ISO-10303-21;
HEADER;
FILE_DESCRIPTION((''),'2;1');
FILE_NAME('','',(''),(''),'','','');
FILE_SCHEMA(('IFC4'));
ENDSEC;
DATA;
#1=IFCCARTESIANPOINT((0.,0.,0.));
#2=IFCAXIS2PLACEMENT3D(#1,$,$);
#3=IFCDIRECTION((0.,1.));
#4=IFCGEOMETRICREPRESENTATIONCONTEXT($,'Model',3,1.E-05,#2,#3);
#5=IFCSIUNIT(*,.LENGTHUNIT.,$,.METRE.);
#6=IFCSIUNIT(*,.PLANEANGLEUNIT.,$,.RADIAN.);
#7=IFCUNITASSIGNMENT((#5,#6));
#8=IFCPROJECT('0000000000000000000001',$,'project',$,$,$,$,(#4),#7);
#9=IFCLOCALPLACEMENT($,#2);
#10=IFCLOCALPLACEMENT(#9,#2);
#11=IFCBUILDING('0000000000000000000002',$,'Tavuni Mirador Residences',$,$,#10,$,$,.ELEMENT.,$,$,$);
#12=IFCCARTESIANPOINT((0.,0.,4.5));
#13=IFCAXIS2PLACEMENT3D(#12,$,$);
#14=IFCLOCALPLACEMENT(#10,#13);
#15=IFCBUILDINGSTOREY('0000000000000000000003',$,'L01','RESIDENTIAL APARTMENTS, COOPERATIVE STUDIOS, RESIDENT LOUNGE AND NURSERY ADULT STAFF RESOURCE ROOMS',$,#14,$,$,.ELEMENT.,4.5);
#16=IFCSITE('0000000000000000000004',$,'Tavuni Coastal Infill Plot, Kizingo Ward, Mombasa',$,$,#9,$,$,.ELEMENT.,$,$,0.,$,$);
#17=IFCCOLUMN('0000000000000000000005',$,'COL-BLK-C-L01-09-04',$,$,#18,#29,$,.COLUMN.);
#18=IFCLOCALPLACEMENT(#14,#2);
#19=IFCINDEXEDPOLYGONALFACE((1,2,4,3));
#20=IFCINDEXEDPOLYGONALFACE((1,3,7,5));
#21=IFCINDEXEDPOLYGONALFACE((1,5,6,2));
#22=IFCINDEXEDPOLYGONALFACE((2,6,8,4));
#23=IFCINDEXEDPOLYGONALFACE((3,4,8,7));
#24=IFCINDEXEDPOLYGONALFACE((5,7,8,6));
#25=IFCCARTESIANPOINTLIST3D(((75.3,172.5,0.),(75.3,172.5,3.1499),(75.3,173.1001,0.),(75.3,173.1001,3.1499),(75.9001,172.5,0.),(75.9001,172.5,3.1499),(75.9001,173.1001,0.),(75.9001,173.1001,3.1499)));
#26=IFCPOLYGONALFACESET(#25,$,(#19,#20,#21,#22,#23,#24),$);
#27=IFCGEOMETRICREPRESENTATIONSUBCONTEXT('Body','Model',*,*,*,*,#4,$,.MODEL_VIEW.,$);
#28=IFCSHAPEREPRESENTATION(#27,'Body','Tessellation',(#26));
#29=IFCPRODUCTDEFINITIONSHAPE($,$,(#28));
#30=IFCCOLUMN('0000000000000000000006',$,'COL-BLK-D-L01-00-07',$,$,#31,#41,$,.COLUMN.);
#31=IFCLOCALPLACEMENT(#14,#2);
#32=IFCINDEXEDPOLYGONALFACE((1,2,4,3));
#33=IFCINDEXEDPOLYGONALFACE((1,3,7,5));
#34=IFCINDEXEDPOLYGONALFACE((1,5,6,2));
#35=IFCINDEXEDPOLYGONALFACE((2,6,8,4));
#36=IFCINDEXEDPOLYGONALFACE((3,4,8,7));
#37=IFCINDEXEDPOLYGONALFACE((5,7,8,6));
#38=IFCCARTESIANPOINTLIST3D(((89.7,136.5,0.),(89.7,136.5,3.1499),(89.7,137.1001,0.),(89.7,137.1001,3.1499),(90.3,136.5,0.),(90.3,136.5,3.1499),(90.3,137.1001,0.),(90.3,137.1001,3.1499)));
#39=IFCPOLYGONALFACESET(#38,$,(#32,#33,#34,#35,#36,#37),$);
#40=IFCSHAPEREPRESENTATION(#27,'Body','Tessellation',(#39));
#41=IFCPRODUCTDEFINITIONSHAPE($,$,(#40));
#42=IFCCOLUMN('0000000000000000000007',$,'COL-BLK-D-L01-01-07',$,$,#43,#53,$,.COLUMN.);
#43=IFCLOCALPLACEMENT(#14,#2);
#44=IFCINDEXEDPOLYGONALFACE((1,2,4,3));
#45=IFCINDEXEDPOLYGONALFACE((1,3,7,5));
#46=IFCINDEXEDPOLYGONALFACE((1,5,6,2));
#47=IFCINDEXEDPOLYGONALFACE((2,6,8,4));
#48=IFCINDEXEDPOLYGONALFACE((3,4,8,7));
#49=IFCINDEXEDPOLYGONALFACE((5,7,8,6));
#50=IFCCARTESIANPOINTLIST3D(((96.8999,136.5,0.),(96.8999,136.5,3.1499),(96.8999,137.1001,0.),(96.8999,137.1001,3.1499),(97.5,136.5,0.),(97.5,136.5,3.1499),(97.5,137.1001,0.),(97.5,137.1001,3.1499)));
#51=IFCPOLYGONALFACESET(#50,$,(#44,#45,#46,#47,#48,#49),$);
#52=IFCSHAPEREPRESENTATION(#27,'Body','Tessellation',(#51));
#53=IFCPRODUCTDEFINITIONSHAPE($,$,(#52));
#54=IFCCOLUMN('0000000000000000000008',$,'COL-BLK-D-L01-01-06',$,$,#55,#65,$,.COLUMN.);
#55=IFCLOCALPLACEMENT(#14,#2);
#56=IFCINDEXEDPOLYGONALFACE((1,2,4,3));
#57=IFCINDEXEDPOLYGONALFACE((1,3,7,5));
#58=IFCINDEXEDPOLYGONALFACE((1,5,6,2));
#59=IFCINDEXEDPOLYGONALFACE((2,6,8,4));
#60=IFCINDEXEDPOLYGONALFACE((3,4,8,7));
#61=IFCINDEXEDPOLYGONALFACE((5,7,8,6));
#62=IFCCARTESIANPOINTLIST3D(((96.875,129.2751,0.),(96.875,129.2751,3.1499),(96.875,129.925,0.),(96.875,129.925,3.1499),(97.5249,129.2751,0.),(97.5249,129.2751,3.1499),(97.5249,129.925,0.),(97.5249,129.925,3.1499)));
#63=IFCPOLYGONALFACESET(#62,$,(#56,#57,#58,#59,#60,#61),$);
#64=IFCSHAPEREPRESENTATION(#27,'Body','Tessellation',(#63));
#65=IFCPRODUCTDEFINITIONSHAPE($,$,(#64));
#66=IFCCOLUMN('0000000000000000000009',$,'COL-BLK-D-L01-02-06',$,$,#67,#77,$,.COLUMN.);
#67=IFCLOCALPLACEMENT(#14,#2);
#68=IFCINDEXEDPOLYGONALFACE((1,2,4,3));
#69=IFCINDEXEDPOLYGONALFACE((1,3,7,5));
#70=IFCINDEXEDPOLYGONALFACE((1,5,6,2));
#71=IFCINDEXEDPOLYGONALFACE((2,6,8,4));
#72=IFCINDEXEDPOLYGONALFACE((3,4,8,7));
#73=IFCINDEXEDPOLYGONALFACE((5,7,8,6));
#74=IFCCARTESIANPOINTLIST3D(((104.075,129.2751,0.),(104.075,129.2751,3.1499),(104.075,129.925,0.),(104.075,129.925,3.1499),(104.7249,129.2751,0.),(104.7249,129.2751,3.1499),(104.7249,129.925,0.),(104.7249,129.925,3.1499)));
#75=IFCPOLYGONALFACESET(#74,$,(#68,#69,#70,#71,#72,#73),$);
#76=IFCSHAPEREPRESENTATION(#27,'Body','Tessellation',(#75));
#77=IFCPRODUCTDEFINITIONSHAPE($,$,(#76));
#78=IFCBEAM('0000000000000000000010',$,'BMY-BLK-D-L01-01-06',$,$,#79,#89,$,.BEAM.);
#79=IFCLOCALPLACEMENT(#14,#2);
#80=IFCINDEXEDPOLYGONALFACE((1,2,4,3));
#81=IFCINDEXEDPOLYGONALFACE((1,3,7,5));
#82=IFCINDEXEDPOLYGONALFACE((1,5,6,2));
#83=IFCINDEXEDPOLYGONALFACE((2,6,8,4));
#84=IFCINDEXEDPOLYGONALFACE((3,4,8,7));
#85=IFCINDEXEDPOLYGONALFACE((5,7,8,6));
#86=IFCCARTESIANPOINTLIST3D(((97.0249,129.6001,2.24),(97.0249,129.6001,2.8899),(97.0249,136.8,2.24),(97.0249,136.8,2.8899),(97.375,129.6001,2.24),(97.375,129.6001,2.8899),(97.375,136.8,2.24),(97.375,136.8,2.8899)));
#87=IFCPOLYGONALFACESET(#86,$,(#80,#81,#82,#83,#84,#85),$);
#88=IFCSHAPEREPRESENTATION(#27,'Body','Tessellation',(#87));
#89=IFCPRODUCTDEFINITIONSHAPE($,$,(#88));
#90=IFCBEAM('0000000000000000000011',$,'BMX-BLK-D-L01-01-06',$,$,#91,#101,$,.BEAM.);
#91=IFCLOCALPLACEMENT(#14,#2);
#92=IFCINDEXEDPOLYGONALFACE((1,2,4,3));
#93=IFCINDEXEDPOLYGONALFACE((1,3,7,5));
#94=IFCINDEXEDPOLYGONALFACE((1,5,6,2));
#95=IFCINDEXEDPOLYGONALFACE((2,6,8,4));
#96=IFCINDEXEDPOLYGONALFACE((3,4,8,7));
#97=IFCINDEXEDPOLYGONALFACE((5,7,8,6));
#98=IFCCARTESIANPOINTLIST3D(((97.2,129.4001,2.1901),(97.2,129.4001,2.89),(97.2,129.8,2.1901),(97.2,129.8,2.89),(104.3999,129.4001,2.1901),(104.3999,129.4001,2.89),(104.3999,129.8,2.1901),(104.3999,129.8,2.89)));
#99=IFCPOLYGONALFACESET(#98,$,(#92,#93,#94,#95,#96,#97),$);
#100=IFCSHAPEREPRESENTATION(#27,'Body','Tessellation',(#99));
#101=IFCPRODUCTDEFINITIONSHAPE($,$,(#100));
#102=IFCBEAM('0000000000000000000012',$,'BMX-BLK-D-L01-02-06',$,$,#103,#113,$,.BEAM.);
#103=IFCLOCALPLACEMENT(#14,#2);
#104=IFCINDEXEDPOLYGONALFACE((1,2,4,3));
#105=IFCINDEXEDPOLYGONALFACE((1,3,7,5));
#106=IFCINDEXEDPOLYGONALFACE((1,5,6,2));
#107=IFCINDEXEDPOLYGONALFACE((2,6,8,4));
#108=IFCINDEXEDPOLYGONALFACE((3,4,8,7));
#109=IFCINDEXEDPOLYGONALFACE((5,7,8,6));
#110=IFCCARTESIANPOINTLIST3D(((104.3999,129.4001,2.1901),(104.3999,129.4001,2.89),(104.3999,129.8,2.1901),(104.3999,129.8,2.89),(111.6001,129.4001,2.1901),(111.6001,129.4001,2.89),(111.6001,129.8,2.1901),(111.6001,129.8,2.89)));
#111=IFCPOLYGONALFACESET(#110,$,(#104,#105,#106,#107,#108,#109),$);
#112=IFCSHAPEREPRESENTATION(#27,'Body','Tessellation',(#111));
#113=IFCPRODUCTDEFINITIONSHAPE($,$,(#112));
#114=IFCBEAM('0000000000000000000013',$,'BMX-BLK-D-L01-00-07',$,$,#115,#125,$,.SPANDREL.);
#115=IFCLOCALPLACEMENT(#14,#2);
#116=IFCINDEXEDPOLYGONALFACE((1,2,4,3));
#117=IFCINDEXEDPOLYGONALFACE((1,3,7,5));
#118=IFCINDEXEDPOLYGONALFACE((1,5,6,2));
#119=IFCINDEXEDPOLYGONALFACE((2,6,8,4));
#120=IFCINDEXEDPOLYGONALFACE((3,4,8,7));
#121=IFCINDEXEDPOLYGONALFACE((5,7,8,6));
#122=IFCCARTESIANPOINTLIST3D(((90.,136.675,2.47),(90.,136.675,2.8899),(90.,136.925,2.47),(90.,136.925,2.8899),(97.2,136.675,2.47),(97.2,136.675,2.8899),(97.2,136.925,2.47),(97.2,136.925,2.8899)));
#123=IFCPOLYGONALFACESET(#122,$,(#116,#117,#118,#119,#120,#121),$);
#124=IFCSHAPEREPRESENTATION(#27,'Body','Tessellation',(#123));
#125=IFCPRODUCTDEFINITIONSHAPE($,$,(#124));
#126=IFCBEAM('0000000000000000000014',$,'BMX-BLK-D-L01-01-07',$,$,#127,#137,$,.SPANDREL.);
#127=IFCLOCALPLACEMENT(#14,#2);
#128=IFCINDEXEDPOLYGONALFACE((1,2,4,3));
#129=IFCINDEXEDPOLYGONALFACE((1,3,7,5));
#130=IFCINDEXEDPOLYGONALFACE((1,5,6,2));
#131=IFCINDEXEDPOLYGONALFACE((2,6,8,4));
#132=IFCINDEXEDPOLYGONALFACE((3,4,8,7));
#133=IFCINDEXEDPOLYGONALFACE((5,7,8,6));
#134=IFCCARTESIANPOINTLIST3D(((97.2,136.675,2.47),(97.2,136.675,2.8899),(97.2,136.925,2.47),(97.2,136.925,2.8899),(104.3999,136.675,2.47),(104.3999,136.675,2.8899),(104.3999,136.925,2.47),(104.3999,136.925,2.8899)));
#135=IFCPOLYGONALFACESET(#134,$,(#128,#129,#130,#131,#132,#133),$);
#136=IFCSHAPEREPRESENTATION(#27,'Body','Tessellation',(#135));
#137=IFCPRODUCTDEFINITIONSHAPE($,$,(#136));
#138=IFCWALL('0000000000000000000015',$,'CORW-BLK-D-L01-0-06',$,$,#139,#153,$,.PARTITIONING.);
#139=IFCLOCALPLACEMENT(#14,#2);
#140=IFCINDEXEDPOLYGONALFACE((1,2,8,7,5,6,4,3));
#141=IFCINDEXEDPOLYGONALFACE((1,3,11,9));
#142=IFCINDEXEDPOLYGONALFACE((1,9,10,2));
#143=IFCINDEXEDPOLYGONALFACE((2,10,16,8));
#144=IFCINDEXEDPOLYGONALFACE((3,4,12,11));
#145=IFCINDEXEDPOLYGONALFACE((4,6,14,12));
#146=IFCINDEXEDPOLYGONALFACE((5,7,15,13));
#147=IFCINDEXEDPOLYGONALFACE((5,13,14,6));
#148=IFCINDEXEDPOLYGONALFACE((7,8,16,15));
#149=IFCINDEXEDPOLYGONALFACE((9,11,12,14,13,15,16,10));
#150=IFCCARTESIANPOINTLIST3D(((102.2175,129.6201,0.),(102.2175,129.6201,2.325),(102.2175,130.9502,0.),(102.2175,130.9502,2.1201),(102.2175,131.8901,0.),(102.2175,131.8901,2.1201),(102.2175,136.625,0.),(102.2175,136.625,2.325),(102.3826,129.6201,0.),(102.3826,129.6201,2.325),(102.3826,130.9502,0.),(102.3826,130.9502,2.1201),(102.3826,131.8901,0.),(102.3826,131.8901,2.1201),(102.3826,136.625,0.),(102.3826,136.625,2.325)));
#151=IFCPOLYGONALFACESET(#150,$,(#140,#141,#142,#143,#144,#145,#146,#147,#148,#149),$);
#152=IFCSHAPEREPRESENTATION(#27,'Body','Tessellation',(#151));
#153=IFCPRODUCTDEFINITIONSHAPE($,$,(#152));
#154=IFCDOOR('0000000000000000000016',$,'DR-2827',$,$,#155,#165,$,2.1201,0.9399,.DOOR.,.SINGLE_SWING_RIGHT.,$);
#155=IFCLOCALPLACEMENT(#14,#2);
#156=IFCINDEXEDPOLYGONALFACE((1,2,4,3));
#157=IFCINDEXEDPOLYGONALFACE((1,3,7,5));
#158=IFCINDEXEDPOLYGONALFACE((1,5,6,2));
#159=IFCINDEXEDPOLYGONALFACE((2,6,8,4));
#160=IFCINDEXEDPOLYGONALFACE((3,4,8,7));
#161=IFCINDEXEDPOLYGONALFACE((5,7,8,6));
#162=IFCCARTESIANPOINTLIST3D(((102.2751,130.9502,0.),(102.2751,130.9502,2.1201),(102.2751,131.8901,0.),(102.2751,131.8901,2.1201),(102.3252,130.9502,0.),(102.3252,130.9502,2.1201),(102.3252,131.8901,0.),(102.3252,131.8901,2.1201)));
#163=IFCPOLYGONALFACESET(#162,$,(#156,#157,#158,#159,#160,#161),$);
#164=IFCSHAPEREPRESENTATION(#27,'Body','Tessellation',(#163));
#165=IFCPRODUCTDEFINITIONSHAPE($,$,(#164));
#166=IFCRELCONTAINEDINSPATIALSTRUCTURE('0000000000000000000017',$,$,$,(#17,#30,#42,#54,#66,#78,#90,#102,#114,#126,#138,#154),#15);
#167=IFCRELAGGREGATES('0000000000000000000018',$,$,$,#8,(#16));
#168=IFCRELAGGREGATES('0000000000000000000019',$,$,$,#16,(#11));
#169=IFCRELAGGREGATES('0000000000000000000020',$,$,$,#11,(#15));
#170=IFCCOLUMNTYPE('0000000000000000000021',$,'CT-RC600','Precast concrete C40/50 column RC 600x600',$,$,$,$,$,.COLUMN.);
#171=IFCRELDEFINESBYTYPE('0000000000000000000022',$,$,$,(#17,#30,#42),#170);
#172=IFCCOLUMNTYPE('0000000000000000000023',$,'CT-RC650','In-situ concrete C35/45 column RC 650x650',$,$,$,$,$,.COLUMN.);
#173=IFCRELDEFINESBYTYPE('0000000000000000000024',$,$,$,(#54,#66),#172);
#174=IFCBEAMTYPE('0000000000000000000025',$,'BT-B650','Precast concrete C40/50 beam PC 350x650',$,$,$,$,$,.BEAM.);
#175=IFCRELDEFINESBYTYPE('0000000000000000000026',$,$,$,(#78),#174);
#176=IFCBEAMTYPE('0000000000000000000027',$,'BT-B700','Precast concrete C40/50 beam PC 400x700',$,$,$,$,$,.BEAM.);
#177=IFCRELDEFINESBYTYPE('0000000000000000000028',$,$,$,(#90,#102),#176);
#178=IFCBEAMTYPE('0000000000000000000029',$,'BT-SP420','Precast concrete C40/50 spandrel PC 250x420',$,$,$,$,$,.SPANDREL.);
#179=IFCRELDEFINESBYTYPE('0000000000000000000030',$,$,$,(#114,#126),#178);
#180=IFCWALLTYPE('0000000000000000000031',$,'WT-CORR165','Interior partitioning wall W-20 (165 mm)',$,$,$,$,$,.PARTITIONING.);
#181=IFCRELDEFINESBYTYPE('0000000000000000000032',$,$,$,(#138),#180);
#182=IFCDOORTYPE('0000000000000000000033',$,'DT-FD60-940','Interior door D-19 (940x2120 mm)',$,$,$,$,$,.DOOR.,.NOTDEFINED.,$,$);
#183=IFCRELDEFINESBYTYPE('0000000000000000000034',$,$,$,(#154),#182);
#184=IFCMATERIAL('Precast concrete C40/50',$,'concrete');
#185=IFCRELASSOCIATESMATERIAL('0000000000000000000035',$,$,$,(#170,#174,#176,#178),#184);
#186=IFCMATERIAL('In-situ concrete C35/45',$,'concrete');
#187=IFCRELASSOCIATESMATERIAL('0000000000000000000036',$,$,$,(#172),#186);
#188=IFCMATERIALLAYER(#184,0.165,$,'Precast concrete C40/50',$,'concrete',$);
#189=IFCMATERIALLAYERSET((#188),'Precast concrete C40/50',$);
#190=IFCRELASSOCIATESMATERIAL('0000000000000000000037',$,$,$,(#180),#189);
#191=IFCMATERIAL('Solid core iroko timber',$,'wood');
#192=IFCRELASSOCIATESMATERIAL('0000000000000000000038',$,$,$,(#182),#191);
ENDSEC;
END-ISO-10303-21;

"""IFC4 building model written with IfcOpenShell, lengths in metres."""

from ifc_helpers import new_model, si_unit, direction, frame, frame_2d, origin, origin_2d, place, context, subcontext, project, spatial, rectangle, extrude, material, layer, layer_set, material_profile, profile_set, type_object, element, fill, save


model = new_model("IFC4")

# Units and contexts
model_context = context("Model", 3, precision=1e-05, world=origin(), true_north=direction((0.0, 1.0)))
body_context = subcontext(model_context, "Body", "Model", "MODEL_VIEW")
ifc_project = project(units=[si_unit("LENGTHUNIT", "METRE"), si_unit("PLANEANGLEUNIT", "RADIAN")], contexts=[model_context])

# Site, building, storey
site_placement = place(None, origin())
site = spatial("IfcSite", under=ifc_project, at=site_placement, Name="Tavuni Coastal Infill Plot, Kizingo Ward, Mombasa", CompositionType="ELEMENT", RefElevation=0.0)
building_placement = place(site_placement, origin())
building = spatial("IfcBuilding", under=site, at=building_placement, Name="Tavuni Mirador Residences", CompositionType="ELEMENT")
storey_placement = place(building_placement, frame((0.0, 0.0, 4.5)))
storey = spatial("IfcBuildingStorey", under=building, at=storey_placement, Name="L01", Description="RESIDENTIAL APARTMENTS, COOPERATIVE STUDIOS, RESIDENT LOUNGE AND NURSERY ADULT STAFF RESOURCE ROOMS", CompositionType="ELEMENT", Elevation=4.5)

# Columns
ifc_material_1 = material(Name="Precast concrete C40/50", Category="concrete")
ifc_material_profile_1 = material_profile(ifc_material_1, rectangle(XDim=0.6001, YDim=0.6001, at=origin_2d()), Name="RC 600x600", Category="concrete")
ifc_profile_set_1 = profile_set([ifc_material_profile_1], Name="Precast concrete C40/50")
column_type_1 = type_object("IfcColumnType", Name="CT-RC600", Description="Precast concrete C40/50 column RC 600x600", PredefinedType="COLUMN", material=ifc_profile_set_1)
for number, where, z_axis, x_axis, name in (
    (1, (75.6001, 172.8, 0.0), (0.0, 0.0, 1.0), (1.0, 0.0, 0.0), "COL-BLK-C-L01-09-04"),
    (2, (90.0, 136.8, 0.0), (0.0, 0.0, 1.0), (1.0, 0.0, 0.0), "COL-BLK-D-L01-00-07"),
    (3, (97.2, 136.8, 0.0), (0.0, 0.0, 1.0), (1.0, 0.0, 0.0), "COL-BLK-D-L01-01-07"),
):
    element("IfcColumn", number, at=place(storey_placement, frame(where, z_axis=z_axis, x_axis=x_axis)), inside=storey, type_object=column_type_1, Name=name, PredefinedType="COLUMN", context=body_context, shape_type="SweptSolid", body=[
        extrude(rectangle(XDim=0.6001, YDim=0.6001, at=origin_2d()), origin(), (0.0, 0.0, 1.0), 3.1499),
    ])
ifc_material_2 = material(Name="In-situ concrete C35/45", Category="concrete")
ifc_material_profile_2 = material_profile(ifc_material_2, rectangle(XDim=0.6499, YDim=0.6499, at=origin_2d()), Name="RC 650x650", Category="concrete")
ifc_profile_set_2 = profile_set([ifc_material_profile_2], Name="In-situ concrete C35/45")
column_type_2 = type_object("IfcColumnType", Name="CT-RC650", Description="In-situ concrete C35/45 column RC 650x650", PredefinedType="COLUMN", material=ifc_profile_set_2)
for number, where, z_axis, x_axis, name in (
    (4, (97.2, 129.6001, 0.0), (0.0, 0.0, 1.0), (1.0, 0.0, 0.0), "COL-BLK-D-L01-01-06"),
    (5, (104.3999, 129.6001, 0.0), (0.0, 0.0, 1.0), (1.0, 0.0, 0.0), "COL-BLK-D-L01-02-06"),
):
    element("IfcColumn", number, at=place(storey_placement, frame(where, z_axis=z_axis, x_axis=x_axis)), inside=storey, type_object=column_type_2, Name=name, PredefinedType="COLUMN", context=body_context, shape_type="SweptSolid", body=[
        extrude(rectangle(XDim=0.6499, YDim=0.6499, at=origin_2d()), origin(), (0.0, 0.0, 1.0), 3.1499),
    ])

# Beams
ifc_material_profile_3 = material_profile(ifc_material_1, rectangle(XDim=0.3501, YDim=0.6499, at=origin_2d()), Name="PC 350x650", Category="concrete")
ifc_profile_set_3 = profile_set([ifc_material_profile_3], Name="Precast concrete C40/50")
beam_type_1 = type_object("IfcBeamType", Name="BT-B650", Description="Precast concrete C40/50 beam PC 350x650", PredefinedType="BEAM", material=ifc_profile_set_3)
beam_1_placement = place(storey_placement, frame((97.2, 129.6001, 2.5649), z_axis=(0.0, 1.0, 0.0), x_axis=(-1.0, 0.0, 0.0)))
element("IfcBeam", 6, at=beam_1_placement, inside=storey, type_object=beam_type_1, Name="BMY-BLK-D-L01-01-06", PredefinedType="BEAM", context=body_context, shape_type="SweptSolid", body=[
    extrude(rectangle(XDim=0.3501, YDim=0.6499, at=origin_2d()), origin(), (0.0, 0.0, 1.0), 7.2),
])
ifc_material_profile_4 = material_profile(ifc_material_1, rectangle(XDim=0.3999, YDim=0.7, at=origin_2d()), Name="PC 400x700", Category="concrete")
ifc_profile_set_4 = profile_set([ifc_material_profile_4], Name="Precast concrete C40/50")
beam_type_2 = type_object("IfcBeamType", Name="BT-B700", Description="Precast concrete C40/50 beam PC 400x700", PredefinedType="BEAM", material=ifc_profile_set_4)
beam_2_placement = place(storey_placement, frame((97.2, 129.6001, 2.54), z_axis=(1.0, 0.0, 0.0), x_axis=(0.0, 1.0, 0.0)))
element("IfcBeam", 7, at=beam_2_placement, inside=storey, type_object=beam_type_2, Name="BMX-BLK-D-L01-01-06", PredefinedType="BEAM", context=body_context, shape_type="SweptSolid", body=[
    extrude(rectangle(XDim=0.3999, YDim=0.7, at=origin_2d()), origin(), (0.0, 0.0, 1.0), 7.2),
])
beam_3_placement = place(storey_placement, frame((104.3999, 129.6001, 2.54), z_axis=(1.0, 0.0, 0.0), x_axis=(0.0, 1.0, 0.0)))
element("IfcBeam", 8, at=beam_3_placement, inside=storey, type_object=beam_type_2, Name="BMX-BLK-D-L01-02-06", PredefinedType="BEAM", context=body_context, shape_type="SweptSolid", body=[
    extrude(rectangle(XDim=0.3999, YDim=0.7, at=origin_2d()), origin(), (0.0, 0.0, 1.0), 7.2002),
])
ifc_material_profile_5 = material_profile(ifc_material_1, rectangle(XDim=0.25, YDim=0.4199, at=origin_2d()), Name="PC 250x420", Category="concrete")
ifc_profile_set_5 = profile_set([ifc_material_profile_5], Name="Precast concrete C40/50")
beam_type_3 = type_object("IfcBeamType", Name="BT-SP420", Description="Precast concrete C40/50 spandrel PC 250x420", PredefinedType="SPANDREL", material=ifc_profile_set_5)
for number, where, z_axis, x_axis, name in (
    (9, (90.0, 136.8, 2.6799), (1.0, 0.0, 0.0), (0.0, 1.0, 0.0), "BMX-BLK-D-L01-00-07"),
    (10, (97.2, 136.8, 2.6799), (1.0, 0.0, 0.0), (0.0, 1.0, 0.0), "BMX-BLK-D-L01-01-07"),
):
    element("IfcBeam", number, at=place(storey_placement, frame(where, z_axis=z_axis, x_axis=x_axis)), inside=storey, type_object=beam_type_3, Name=name, PredefinedType="SPANDREL", context=body_context, shape_type="SweptSolid", body=[
        extrude(rectangle(XDim=0.25, YDim=0.4199, at=origin_2d()), origin(), (0.0, 0.0, 1.0), 7.2),
    ])

# Wall, opening, door
ifc_layer_1 = layer(ifc_material_1, 0.165, Name="Precast concrete C40/50", Category="concrete")
ifc_layer_set_1 = layer_set([ifc_layer_1], Name="Precast concrete C40/50")
wall_type_1 = type_object("IfcWallType", Name="WT-CORR165", Description="Interior partitioning wall W-20 (165 mm)", PredefinedType="PARTITIONING", material=ifc_layer_set_1)
wall_1_placement = place(storey_placement, frame((102.3, 129.6201, 0.0), z_axis=(0.0, 0.0, 1.0), x_axis=(0.0, 1.0, 0.0)))
wall_1 = element("IfcWall", 11, at=wall_1_placement, inside=storey, type_object=wall_type_1, Name="CORW-BLK-D-L01-0-06", PredefinedType="PARTITIONING", context=body_context, shape_type="SweptSolid", body=[
    extrude(rectangle(XDim=7.0049, YDim=0.165, at=frame_2d((3.5024, 0.0))), origin(), (0.0, 0.0, 1.0), 2.325),
])
opening_1_placement = place(wall_1_placement, frame((1.3301, 0.0, 0.0)))
opening_1 = element("IfcOpeningElement", 12, at=opening_1_placement, cuts=wall_1, PredefinedType="OPENING", context=body_context, shape_type="SweptSolid", body=[
    extrude(rectangle(XDim=0.9399, YDim=2.1201, at=frame_2d((0.47, 1.0601))), frame((0.0, 0.0925, 0.0), z_axis=(0.0, -1.0, 0.0), x_axis=(1.0, 0.0, 0.0)), (0.0, 0.0, 1.0), 0.1851),
])
ifc_material_3 = material(Name="Solid core iroko timber", Category="wood")
door_type_1 = type_object("IfcDoorType", Name="DT-FD60-940", Description="Interior door D-19 (940x2120 mm)", OperationType="NOTDEFINED", PredefinedType="DOOR", material=ifc_material_3)
door_1_placement = place(opening_1_placement, origin())
door_1 = element("IfcDoor", 13, at=door_1_placement, inside=storey, type_object=door_type_1, Name="DR-2827", OperationType="SINGLE_SWING_RIGHT", OverallHeight=2.1201, OverallWidth=0.9399, PredefinedType="DOOR", context=body_context, shape_type="SweptSolid", body=[
    extrude(rectangle(XDim=0.9399, YDim=2.1201, at=frame_2d((0.47, 1.0601))), frame((0.0, 0.0249, 0.0), z_axis=(0.0, -1.0, 0.0), x_axis=(1.0, 0.0, 0.0)), (0.0, 0.0, 1.0), 0.05),
])
fill(opening_1, door_1)

save(model, "model.ifc")
